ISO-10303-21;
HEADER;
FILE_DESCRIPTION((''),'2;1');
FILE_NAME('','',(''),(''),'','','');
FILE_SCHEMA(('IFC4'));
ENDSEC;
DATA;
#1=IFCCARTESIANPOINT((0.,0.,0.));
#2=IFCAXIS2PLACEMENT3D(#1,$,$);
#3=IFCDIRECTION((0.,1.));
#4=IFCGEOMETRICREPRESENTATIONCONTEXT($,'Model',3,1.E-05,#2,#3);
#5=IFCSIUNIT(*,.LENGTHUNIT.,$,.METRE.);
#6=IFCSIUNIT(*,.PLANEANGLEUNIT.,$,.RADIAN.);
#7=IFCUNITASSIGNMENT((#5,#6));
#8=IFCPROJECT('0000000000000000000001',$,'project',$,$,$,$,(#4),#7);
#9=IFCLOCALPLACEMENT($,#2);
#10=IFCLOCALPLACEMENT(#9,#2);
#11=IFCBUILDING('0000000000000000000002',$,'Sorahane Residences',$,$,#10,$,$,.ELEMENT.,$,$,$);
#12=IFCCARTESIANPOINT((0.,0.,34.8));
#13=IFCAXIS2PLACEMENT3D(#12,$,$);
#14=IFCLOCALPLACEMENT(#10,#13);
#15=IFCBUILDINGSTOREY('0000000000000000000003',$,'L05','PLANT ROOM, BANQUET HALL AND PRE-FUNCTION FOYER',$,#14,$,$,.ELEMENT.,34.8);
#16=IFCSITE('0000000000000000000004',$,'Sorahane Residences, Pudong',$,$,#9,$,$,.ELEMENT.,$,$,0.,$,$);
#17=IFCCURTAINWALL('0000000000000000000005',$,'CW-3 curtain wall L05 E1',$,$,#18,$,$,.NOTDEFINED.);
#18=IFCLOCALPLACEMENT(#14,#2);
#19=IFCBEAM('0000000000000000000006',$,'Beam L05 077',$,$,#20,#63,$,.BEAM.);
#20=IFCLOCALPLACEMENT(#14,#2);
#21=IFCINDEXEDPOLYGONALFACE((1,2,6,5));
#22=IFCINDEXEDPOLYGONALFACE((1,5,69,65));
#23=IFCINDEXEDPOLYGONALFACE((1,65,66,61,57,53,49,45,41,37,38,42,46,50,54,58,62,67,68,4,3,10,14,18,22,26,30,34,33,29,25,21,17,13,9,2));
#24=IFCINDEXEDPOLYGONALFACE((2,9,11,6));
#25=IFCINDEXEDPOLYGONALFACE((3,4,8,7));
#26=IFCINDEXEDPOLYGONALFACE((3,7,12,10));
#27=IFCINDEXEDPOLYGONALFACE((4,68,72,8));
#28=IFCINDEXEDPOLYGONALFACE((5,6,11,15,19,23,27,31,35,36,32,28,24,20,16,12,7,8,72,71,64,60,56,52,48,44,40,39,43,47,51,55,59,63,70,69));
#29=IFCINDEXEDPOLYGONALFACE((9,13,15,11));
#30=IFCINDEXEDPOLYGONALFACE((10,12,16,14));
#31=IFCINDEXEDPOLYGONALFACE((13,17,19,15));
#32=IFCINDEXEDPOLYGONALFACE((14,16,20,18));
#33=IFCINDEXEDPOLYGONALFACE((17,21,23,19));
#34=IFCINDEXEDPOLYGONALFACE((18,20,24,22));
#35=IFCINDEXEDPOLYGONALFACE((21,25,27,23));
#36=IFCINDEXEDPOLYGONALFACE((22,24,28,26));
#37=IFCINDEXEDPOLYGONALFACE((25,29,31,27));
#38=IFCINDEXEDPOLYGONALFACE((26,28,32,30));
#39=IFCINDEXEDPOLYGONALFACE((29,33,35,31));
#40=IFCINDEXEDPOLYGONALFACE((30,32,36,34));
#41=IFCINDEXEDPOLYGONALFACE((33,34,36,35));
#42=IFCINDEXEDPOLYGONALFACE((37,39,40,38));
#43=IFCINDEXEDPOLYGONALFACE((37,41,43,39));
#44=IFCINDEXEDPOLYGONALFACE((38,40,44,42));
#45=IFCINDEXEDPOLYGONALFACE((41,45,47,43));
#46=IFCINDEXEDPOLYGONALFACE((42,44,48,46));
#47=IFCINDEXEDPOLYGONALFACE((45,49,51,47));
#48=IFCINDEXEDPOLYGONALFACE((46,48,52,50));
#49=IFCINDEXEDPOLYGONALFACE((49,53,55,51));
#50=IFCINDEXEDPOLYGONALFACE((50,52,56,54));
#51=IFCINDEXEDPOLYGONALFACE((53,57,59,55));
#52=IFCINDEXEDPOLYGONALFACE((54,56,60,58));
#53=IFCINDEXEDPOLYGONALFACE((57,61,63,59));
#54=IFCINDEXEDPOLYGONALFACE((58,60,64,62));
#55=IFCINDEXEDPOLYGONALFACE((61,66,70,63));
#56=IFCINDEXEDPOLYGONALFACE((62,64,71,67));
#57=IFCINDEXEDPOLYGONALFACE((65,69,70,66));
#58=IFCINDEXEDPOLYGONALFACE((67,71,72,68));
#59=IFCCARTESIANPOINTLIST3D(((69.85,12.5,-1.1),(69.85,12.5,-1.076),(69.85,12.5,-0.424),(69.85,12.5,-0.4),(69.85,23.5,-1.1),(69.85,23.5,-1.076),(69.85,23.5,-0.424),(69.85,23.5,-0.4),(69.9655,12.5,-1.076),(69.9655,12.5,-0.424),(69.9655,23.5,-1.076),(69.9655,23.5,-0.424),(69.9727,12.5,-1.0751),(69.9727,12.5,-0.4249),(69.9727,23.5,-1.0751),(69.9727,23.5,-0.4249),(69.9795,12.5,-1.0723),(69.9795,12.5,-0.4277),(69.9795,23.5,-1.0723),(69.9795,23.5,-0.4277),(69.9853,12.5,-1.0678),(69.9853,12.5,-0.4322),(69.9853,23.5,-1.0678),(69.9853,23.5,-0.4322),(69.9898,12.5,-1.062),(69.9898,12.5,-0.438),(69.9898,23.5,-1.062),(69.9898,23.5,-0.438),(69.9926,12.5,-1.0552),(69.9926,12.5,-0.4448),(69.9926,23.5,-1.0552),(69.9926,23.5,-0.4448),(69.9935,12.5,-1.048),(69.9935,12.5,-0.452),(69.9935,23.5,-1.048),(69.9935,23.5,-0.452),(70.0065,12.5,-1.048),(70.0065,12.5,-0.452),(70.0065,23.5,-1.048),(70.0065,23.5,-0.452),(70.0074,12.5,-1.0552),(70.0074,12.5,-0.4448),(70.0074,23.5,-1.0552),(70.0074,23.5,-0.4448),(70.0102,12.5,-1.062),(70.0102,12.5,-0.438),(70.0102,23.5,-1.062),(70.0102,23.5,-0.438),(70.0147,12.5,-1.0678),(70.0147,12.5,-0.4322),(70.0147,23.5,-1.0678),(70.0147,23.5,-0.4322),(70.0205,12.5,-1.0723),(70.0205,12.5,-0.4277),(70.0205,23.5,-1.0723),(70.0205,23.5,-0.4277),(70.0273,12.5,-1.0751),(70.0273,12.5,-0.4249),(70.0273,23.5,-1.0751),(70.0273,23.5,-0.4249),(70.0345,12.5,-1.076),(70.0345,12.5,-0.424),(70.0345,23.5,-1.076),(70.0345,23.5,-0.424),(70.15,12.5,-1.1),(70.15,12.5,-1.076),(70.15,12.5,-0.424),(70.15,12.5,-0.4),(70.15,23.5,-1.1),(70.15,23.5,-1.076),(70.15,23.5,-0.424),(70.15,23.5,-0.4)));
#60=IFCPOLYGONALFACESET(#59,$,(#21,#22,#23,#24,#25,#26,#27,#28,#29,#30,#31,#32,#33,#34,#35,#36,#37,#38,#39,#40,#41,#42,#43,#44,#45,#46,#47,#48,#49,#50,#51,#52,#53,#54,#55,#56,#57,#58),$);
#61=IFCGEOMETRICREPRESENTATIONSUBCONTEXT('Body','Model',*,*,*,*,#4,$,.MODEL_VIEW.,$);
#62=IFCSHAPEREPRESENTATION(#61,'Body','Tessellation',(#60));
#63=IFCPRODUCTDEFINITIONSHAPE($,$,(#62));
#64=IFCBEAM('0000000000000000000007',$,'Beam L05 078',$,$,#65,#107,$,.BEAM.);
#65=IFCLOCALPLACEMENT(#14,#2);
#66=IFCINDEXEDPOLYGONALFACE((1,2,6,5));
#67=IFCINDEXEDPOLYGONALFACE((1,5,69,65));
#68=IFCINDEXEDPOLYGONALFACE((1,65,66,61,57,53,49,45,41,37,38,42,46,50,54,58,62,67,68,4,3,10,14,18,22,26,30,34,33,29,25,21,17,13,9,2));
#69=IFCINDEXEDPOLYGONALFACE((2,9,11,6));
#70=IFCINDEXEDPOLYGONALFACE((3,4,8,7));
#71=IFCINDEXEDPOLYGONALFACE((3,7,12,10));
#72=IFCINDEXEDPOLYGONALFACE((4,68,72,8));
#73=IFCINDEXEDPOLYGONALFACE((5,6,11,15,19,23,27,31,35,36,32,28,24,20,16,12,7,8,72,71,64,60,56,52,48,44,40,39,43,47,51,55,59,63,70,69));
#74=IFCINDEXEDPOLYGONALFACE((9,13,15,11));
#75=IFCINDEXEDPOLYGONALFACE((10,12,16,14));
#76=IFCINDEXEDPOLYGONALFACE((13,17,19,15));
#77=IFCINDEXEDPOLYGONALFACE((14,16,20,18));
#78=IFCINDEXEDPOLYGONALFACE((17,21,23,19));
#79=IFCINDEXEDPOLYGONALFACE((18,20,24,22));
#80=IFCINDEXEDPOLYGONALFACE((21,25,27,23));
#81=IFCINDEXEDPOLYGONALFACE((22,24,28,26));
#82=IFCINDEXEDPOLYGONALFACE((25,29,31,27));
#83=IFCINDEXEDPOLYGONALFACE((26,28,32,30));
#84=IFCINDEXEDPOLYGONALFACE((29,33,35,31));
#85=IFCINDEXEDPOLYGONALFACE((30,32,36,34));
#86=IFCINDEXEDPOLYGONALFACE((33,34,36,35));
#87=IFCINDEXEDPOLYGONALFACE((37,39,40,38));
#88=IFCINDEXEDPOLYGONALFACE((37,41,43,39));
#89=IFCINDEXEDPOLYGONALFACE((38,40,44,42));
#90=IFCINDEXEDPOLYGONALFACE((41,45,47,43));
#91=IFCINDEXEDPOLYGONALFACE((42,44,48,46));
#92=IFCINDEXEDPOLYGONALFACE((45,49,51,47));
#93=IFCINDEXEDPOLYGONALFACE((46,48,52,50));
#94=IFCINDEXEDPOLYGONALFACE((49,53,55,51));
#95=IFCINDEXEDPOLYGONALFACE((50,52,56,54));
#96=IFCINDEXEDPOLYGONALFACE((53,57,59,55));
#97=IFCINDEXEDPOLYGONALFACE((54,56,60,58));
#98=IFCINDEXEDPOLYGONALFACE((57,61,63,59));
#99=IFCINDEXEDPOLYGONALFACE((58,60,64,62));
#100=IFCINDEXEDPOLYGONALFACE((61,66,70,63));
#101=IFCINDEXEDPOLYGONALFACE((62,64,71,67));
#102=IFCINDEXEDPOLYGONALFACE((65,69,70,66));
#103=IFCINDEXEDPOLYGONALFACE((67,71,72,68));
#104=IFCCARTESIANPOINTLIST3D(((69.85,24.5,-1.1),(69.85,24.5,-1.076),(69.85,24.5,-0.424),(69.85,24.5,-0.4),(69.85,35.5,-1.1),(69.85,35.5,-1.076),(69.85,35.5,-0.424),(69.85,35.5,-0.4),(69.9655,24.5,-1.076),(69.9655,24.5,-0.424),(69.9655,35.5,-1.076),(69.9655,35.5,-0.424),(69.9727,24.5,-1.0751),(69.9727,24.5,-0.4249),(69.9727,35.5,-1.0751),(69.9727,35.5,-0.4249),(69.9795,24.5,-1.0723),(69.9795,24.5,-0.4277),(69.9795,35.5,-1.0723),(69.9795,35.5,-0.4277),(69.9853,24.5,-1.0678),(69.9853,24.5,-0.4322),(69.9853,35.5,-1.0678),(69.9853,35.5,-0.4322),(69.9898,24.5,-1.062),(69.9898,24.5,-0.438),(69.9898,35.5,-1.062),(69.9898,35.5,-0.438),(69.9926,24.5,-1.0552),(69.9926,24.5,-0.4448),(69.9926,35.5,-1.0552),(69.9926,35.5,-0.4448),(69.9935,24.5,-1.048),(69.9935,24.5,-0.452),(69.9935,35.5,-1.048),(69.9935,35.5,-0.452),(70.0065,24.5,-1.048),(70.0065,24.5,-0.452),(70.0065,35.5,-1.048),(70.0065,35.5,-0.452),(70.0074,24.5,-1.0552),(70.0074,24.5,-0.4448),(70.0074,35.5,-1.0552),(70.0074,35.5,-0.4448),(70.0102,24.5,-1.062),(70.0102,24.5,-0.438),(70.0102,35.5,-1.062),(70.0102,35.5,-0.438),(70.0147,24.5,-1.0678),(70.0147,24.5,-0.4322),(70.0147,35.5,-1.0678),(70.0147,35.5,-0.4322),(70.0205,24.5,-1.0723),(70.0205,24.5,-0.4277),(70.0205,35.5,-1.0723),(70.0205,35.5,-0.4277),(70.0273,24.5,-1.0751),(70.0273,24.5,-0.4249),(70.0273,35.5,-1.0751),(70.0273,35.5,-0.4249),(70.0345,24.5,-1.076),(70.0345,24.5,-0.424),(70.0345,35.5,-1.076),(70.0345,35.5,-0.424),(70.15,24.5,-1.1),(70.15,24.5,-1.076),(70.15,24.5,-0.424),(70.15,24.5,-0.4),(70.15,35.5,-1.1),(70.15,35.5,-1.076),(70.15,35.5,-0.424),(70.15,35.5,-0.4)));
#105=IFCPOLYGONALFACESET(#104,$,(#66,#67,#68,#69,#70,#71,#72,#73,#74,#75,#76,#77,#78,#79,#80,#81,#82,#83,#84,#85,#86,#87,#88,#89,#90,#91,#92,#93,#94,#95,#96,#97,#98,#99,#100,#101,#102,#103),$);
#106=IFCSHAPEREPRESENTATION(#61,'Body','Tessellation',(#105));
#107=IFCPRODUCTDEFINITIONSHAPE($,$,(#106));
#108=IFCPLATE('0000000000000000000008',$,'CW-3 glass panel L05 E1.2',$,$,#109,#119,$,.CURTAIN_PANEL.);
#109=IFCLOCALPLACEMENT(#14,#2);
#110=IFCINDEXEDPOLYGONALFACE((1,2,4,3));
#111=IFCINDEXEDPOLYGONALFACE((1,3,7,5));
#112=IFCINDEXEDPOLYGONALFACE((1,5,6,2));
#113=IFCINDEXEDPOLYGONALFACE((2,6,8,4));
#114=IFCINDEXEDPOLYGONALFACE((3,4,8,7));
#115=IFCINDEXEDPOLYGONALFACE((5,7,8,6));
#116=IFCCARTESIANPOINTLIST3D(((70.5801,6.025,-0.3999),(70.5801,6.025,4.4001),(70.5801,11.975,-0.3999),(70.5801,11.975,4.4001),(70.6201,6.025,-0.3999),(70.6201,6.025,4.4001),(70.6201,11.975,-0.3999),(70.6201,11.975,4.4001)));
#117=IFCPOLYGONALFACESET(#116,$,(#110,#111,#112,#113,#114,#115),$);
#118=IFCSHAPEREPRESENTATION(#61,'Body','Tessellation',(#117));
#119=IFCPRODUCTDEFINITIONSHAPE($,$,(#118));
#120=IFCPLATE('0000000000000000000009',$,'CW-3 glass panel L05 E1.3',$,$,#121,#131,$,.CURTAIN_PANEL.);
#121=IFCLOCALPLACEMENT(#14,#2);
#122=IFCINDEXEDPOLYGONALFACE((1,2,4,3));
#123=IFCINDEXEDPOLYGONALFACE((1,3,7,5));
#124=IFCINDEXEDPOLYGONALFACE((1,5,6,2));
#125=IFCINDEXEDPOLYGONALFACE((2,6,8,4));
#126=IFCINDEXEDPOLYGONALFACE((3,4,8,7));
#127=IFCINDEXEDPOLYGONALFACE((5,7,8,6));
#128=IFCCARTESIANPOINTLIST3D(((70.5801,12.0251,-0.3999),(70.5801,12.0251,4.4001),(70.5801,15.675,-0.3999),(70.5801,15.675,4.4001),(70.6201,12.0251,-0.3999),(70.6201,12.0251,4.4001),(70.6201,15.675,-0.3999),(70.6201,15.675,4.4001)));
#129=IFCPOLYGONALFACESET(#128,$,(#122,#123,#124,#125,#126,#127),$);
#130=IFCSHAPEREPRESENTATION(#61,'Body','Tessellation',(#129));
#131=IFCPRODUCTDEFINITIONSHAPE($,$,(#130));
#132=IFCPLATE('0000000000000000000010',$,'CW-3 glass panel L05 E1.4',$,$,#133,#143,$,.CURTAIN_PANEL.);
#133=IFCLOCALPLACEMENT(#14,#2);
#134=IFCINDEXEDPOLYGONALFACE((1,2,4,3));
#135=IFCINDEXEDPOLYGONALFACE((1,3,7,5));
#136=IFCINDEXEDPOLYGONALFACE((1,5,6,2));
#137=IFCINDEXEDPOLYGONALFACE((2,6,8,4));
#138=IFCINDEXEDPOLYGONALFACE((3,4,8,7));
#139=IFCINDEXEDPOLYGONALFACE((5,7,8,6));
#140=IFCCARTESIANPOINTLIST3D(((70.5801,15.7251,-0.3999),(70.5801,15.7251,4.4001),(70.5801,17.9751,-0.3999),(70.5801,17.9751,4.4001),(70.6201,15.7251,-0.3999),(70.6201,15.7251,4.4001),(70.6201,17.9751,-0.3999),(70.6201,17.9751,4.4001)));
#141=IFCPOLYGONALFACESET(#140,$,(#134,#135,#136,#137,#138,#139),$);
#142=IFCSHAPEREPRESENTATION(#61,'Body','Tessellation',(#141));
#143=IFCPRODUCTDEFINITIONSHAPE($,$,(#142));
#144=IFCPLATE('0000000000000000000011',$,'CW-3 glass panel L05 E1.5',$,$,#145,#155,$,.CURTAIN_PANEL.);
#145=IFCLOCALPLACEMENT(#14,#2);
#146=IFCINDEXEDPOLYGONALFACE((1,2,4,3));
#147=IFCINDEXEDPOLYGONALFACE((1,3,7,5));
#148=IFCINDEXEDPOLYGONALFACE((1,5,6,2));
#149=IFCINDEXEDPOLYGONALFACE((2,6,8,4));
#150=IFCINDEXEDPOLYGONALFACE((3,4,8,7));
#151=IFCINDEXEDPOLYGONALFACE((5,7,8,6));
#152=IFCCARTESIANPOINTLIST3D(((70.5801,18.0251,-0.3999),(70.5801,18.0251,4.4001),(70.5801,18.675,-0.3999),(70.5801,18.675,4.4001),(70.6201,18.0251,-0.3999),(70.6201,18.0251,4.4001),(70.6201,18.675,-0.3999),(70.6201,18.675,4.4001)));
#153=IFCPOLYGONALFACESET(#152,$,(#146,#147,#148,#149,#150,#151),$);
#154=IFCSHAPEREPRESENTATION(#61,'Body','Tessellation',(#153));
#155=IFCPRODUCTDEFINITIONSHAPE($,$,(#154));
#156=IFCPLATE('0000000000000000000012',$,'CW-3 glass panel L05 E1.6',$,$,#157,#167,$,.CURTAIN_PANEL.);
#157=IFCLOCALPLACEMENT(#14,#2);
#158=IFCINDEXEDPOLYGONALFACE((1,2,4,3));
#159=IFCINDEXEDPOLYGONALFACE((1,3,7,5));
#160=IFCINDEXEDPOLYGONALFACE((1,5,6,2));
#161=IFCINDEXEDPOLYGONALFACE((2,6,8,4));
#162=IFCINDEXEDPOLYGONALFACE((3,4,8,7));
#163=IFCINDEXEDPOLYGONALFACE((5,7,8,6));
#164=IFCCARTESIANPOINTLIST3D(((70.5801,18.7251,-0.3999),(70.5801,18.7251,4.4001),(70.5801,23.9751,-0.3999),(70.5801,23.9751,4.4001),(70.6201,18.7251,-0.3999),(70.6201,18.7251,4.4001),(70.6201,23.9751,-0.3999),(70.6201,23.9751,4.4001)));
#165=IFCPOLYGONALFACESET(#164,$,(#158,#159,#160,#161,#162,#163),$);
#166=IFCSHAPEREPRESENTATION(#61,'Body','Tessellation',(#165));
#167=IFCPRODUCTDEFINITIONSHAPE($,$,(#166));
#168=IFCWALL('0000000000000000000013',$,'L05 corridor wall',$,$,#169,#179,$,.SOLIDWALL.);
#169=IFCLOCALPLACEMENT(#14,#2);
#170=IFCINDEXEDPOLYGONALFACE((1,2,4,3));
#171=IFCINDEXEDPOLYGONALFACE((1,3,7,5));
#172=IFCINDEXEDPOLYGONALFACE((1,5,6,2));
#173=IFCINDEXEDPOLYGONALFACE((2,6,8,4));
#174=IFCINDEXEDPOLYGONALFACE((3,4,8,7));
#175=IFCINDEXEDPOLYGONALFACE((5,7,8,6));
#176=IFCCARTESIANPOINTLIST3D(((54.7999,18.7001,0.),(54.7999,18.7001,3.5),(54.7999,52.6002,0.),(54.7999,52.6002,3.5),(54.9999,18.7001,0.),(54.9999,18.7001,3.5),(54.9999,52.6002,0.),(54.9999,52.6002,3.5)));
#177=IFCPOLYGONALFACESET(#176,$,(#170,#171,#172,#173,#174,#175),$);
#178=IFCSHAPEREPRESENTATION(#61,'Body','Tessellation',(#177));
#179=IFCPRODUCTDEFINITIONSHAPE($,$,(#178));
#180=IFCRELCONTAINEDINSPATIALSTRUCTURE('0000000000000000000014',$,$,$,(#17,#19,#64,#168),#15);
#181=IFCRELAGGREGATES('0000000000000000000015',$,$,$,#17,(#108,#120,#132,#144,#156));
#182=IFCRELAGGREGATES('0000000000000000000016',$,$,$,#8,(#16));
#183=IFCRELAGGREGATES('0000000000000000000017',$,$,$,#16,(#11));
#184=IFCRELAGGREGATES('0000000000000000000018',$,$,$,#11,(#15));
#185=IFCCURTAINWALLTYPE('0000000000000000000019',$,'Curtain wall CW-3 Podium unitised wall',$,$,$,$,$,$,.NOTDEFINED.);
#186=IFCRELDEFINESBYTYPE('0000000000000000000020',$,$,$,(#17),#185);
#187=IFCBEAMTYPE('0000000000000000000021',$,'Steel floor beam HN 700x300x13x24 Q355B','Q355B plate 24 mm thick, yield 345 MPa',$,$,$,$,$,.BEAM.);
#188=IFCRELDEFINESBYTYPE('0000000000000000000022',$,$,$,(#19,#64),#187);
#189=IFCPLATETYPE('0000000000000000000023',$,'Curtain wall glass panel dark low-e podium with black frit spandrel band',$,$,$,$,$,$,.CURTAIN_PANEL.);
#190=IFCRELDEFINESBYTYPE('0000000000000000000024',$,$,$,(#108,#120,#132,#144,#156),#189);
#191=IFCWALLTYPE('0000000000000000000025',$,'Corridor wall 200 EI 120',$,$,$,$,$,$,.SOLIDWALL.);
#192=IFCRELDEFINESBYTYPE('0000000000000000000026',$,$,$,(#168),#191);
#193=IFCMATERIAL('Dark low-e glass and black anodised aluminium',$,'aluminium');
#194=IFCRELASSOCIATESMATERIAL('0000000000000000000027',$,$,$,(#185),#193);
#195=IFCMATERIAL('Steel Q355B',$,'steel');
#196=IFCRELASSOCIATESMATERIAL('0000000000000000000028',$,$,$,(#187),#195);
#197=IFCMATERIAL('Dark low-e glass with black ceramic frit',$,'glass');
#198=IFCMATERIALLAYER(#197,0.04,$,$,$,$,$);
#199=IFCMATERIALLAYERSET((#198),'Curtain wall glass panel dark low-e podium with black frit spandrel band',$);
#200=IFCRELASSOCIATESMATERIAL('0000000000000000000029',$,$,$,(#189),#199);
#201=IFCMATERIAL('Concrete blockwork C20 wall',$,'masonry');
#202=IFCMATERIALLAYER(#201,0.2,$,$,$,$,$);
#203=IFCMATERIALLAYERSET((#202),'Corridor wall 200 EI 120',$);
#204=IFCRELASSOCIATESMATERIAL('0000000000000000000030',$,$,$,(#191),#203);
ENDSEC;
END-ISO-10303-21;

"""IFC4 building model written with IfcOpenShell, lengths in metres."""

from ifc_helpers import new_model, si_unit, direction, frame, frame_2d, origin, origin_2d, place, context, subcontext, project, spatial, rectangle, i_section, extrude, material, layer, layer_set, material_profile, profile_set, type_object, element, aggregate, save


model = new_model("IFC4")

# Units and contexts
model_context = context("Model", 3, precision=1e-05, world=origin(), true_north=direction((0.0, 1.0)))
body_context = subcontext(model_context, "Body", "Model", "MODEL_VIEW")
ifc_project = project(units=[si_unit("LENGTHUNIT", "METRE"), si_unit("PLANEANGLEUNIT", "RADIAN")], contexts=[model_context])

# Site, building, storey
site_placement = place(None, origin())
site = spatial("IfcSite", under=ifc_project, at=site_placement, Name="Sorahane Residences, Pudong", CompositionType="ELEMENT", RefElevation=0.0)
building_placement = place(site_placement, origin())
building = spatial("IfcBuilding", under=site, at=building_placement, Name="Sorahane Residences", CompositionType="ELEMENT")
storey_placement = place(building_placement, frame((0.0, 0.0, 34.8)))
storey = spatial("IfcBuildingStorey", under=building, at=storey_placement, Name="L05", Description="PLANT ROOM, BANQUET HALL AND PRE-FUNCTION FOYER", CompositionType="ELEMENT", Elevation=34.8)

# Curtain wall
ifc_material_1 = material(Name="Dark low-e glass and black anodised aluminium", Category="aluminium")
curtain_wall_type = type_object("IfcCurtainWallType", Name="Curtain wall CW-3 Podium unitised wall", PredefinedType="NOTDEFINED", material=ifc_material_1)
curtain_wall_placement = place(storey_placement, origin())
curtain_wall = element("IfcCurtainWall", 1, at=curtain_wall_placement, inside=storey, type_object=curtain_wall_type, Name="CW-3 curtain wall L05 E1", PredefinedType="NOTDEFINED")

# Beams
ifc_material_2 = material(Name="Steel Q355B", Category="steel")
ifc_material_profile_1 = material_profile(ifc_material_2, i_section(OverallWidth=0.3, OverallDepth=0.7, WebThickness=0.0129, FlangeThickness=0.0239, FilletRadius=0.0281, at=origin_2d()), Name="HN 700x300x13x24")
ifc_profile_set_1 = profile_set([ifc_material_profile_1], Name="Steel Q355B")
beam_type_1 = type_object("IfcBeamType", Name="Steel floor beam HN 700x300x13x24 Q355B", Description="Q355B plate 24 mm thick, yield 345 MPa", PredefinedType="BEAM", material=ifc_profile_set_1)
for number, where, z_axis, x_axis, name in (
    (2, (70.0, 12.5, -0.75), (0.0, 1.0, 0.0), (-1.0, 0.0, 0.0), "Beam L05 077"),
    (3, (70.0, 24.5, -0.75), (0.0, 1.0, 0.0), (-1.0, 0.0, 0.0), "Beam L05 078"),
):
    element("IfcBeam", number, at=place(storey_placement, frame(where, z_axis=z_axis, x_axis=x_axis)), inside=storey, type_object=beam_type_1, Name=name, PredefinedType="BEAM", context=body_context, shape_type="SweptSolid", body=[
        extrude(i_section(OverallWidth=0.3, OverallDepth=0.7, WebThickness=0.0129, FlangeThickness=0.0239, FilletRadius=0.0281, at=origin_2d()), origin(), (0.0, 0.0, 1.0), 11.0),
    ])

# Plates
ifc_material_3 = material(Name="Dark low-e glass with black ceramic frit", Category="glass")
ifc_layer_1 = layer(ifc_material_3, 0.04)
ifc_layer_set_1 = layer_set([ifc_layer_1], Name="Curtain wall glass panel dark low-e podium with black frit spandrel band")
plate_type = type_object("IfcPlateType", Name="Curtain wall glass panel dark low-e podium with black frit spandrel band", PredefinedType="CURTAIN_PANEL", material=ifc_layer_set_1)
plate_1_placement = place(storey_placement, frame((70.6001, 9.0, -0.3999), z_axis=(0.0, 0.0, 1.0), x_axis=(0.0, 1.0, 0.0)))
plate_1 = element("IfcPlate", 4, at=plate_1_placement, type_object=plate_type, Name="CW-3 glass panel L05 E1.2", PredefinedType="CURTAIN_PANEL", context=body_context, shape_type="SweptSolid", body=[
    extrude(rectangle(XDim=5.95, YDim=0.04, at=origin_2d()), origin(), (0.0, 0.0, 1.0), 4.8),
])
plate_2_placement = place(storey_placement, frame((70.6001, 13.8501, -0.3999), z_axis=(0.0, 0.0, 1.0), x_axis=(0.0, 1.0, 0.0)))
plate_2 = element("IfcPlate", 5, at=plate_2_placement, type_object=plate_type, Name="CW-3 glass panel L05 E1.3", PredefinedType="CURTAIN_PANEL", context=body_context, shape_type="SweptSolid", body=[
    extrude(rectangle(XDim=3.6499, YDim=0.04, at=origin_2d()), origin(), (0.0, 0.0, 1.0), 4.8),
])
plate_3_placement = place(storey_placement, frame((70.6001, 16.8501, -0.3999), z_axis=(0.0, 0.0, 1.0), x_axis=(0.0, 1.0, 0.0)))
plate_3 = element("IfcPlate", 6, at=plate_3_placement, type_object=plate_type, Name="CW-3 glass panel L05 E1.4", PredefinedType="CURTAIN_PANEL", context=body_context, shape_type="SweptSolid", body=[
    extrude(rectangle(XDim=2.25, YDim=0.04, at=origin_2d()), origin(), (0.0, 0.0, 1.0), 4.8),
])
plate_4_placement = place(storey_placement, frame((70.6001, 18.3501, -0.3999), z_axis=(0.0, 0.0, 1.0), x_axis=(0.0, 1.0, 0.0)))
plate_4 = element("IfcPlate", 7, at=plate_4_placement, type_object=plate_type, Name="CW-3 glass panel L05 E1.5", PredefinedType="CURTAIN_PANEL", context=body_context, shape_type="SweptSolid", body=[
    extrude(rectangle(XDim=0.6499, YDim=0.04, at=origin_2d()), origin(), (0.0, 0.0, 1.0), 4.8),
])
plate_5_placement = place(storey_placement, frame((70.6001, 21.3501, -0.3999), z_axis=(0.0, 0.0, 1.0), x_axis=(0.0, 1.0, 0.0)))
plate_5 = element("IfcPlate", 8, at=plate_5_placement, type_object=plate_type, Name="CW-3 glass panel L05 E1.6", PredefinedType="CURTAIN_PANEL", context=body_context, shape_type="SweptSolid", body=[
    extrude(rectangle(XDim=5.25, YDim=0.04, at=origin_2d()), origin(), (0.0, 0.0, 1.0), 4.8),
])
aggregate(curtain_wall, [plate_1, plate_2, plate_3, plate_4, plate_5])

# Wall
ifc_material_4 = material(Name="Concrete blockwork C20 wall", Category="masonry")
ifc_layer_2 = layer(ifc_material_4, 0.2)
ifc_layer_set_2 = layer_set([ifc_layer_2], Name="Corridor wall 200 EI 120")
wall_type = type_object("IfcWallType", Name="Corridor wall 200 EI 120", PredefinedType="SOLIDWALL", material=ifc_layer_set_2)
wall_1_placement = place(storey_placement, frame((54.8999, 18.7, 0.0), z_axis=(0.0, 0.0, 1.0), x_axis=(0.0, 1.0, 0.0)))
element("IfcWall", 9, at=wall_1_placement, inside=storey, type_object=wall_type, Name="L05 corridor wall", PredefinedType="SOLIDWALL", context=body_context, shape_type="SweptSolid", body=[
    extrude(rectangle(XDim=33.9001, YDim=0.2, at=frame_2d((16.9502, 0.0))), origin(), (0.0, 0.0, 1.0), 3.5),
])

save(model, "model.ifc")
